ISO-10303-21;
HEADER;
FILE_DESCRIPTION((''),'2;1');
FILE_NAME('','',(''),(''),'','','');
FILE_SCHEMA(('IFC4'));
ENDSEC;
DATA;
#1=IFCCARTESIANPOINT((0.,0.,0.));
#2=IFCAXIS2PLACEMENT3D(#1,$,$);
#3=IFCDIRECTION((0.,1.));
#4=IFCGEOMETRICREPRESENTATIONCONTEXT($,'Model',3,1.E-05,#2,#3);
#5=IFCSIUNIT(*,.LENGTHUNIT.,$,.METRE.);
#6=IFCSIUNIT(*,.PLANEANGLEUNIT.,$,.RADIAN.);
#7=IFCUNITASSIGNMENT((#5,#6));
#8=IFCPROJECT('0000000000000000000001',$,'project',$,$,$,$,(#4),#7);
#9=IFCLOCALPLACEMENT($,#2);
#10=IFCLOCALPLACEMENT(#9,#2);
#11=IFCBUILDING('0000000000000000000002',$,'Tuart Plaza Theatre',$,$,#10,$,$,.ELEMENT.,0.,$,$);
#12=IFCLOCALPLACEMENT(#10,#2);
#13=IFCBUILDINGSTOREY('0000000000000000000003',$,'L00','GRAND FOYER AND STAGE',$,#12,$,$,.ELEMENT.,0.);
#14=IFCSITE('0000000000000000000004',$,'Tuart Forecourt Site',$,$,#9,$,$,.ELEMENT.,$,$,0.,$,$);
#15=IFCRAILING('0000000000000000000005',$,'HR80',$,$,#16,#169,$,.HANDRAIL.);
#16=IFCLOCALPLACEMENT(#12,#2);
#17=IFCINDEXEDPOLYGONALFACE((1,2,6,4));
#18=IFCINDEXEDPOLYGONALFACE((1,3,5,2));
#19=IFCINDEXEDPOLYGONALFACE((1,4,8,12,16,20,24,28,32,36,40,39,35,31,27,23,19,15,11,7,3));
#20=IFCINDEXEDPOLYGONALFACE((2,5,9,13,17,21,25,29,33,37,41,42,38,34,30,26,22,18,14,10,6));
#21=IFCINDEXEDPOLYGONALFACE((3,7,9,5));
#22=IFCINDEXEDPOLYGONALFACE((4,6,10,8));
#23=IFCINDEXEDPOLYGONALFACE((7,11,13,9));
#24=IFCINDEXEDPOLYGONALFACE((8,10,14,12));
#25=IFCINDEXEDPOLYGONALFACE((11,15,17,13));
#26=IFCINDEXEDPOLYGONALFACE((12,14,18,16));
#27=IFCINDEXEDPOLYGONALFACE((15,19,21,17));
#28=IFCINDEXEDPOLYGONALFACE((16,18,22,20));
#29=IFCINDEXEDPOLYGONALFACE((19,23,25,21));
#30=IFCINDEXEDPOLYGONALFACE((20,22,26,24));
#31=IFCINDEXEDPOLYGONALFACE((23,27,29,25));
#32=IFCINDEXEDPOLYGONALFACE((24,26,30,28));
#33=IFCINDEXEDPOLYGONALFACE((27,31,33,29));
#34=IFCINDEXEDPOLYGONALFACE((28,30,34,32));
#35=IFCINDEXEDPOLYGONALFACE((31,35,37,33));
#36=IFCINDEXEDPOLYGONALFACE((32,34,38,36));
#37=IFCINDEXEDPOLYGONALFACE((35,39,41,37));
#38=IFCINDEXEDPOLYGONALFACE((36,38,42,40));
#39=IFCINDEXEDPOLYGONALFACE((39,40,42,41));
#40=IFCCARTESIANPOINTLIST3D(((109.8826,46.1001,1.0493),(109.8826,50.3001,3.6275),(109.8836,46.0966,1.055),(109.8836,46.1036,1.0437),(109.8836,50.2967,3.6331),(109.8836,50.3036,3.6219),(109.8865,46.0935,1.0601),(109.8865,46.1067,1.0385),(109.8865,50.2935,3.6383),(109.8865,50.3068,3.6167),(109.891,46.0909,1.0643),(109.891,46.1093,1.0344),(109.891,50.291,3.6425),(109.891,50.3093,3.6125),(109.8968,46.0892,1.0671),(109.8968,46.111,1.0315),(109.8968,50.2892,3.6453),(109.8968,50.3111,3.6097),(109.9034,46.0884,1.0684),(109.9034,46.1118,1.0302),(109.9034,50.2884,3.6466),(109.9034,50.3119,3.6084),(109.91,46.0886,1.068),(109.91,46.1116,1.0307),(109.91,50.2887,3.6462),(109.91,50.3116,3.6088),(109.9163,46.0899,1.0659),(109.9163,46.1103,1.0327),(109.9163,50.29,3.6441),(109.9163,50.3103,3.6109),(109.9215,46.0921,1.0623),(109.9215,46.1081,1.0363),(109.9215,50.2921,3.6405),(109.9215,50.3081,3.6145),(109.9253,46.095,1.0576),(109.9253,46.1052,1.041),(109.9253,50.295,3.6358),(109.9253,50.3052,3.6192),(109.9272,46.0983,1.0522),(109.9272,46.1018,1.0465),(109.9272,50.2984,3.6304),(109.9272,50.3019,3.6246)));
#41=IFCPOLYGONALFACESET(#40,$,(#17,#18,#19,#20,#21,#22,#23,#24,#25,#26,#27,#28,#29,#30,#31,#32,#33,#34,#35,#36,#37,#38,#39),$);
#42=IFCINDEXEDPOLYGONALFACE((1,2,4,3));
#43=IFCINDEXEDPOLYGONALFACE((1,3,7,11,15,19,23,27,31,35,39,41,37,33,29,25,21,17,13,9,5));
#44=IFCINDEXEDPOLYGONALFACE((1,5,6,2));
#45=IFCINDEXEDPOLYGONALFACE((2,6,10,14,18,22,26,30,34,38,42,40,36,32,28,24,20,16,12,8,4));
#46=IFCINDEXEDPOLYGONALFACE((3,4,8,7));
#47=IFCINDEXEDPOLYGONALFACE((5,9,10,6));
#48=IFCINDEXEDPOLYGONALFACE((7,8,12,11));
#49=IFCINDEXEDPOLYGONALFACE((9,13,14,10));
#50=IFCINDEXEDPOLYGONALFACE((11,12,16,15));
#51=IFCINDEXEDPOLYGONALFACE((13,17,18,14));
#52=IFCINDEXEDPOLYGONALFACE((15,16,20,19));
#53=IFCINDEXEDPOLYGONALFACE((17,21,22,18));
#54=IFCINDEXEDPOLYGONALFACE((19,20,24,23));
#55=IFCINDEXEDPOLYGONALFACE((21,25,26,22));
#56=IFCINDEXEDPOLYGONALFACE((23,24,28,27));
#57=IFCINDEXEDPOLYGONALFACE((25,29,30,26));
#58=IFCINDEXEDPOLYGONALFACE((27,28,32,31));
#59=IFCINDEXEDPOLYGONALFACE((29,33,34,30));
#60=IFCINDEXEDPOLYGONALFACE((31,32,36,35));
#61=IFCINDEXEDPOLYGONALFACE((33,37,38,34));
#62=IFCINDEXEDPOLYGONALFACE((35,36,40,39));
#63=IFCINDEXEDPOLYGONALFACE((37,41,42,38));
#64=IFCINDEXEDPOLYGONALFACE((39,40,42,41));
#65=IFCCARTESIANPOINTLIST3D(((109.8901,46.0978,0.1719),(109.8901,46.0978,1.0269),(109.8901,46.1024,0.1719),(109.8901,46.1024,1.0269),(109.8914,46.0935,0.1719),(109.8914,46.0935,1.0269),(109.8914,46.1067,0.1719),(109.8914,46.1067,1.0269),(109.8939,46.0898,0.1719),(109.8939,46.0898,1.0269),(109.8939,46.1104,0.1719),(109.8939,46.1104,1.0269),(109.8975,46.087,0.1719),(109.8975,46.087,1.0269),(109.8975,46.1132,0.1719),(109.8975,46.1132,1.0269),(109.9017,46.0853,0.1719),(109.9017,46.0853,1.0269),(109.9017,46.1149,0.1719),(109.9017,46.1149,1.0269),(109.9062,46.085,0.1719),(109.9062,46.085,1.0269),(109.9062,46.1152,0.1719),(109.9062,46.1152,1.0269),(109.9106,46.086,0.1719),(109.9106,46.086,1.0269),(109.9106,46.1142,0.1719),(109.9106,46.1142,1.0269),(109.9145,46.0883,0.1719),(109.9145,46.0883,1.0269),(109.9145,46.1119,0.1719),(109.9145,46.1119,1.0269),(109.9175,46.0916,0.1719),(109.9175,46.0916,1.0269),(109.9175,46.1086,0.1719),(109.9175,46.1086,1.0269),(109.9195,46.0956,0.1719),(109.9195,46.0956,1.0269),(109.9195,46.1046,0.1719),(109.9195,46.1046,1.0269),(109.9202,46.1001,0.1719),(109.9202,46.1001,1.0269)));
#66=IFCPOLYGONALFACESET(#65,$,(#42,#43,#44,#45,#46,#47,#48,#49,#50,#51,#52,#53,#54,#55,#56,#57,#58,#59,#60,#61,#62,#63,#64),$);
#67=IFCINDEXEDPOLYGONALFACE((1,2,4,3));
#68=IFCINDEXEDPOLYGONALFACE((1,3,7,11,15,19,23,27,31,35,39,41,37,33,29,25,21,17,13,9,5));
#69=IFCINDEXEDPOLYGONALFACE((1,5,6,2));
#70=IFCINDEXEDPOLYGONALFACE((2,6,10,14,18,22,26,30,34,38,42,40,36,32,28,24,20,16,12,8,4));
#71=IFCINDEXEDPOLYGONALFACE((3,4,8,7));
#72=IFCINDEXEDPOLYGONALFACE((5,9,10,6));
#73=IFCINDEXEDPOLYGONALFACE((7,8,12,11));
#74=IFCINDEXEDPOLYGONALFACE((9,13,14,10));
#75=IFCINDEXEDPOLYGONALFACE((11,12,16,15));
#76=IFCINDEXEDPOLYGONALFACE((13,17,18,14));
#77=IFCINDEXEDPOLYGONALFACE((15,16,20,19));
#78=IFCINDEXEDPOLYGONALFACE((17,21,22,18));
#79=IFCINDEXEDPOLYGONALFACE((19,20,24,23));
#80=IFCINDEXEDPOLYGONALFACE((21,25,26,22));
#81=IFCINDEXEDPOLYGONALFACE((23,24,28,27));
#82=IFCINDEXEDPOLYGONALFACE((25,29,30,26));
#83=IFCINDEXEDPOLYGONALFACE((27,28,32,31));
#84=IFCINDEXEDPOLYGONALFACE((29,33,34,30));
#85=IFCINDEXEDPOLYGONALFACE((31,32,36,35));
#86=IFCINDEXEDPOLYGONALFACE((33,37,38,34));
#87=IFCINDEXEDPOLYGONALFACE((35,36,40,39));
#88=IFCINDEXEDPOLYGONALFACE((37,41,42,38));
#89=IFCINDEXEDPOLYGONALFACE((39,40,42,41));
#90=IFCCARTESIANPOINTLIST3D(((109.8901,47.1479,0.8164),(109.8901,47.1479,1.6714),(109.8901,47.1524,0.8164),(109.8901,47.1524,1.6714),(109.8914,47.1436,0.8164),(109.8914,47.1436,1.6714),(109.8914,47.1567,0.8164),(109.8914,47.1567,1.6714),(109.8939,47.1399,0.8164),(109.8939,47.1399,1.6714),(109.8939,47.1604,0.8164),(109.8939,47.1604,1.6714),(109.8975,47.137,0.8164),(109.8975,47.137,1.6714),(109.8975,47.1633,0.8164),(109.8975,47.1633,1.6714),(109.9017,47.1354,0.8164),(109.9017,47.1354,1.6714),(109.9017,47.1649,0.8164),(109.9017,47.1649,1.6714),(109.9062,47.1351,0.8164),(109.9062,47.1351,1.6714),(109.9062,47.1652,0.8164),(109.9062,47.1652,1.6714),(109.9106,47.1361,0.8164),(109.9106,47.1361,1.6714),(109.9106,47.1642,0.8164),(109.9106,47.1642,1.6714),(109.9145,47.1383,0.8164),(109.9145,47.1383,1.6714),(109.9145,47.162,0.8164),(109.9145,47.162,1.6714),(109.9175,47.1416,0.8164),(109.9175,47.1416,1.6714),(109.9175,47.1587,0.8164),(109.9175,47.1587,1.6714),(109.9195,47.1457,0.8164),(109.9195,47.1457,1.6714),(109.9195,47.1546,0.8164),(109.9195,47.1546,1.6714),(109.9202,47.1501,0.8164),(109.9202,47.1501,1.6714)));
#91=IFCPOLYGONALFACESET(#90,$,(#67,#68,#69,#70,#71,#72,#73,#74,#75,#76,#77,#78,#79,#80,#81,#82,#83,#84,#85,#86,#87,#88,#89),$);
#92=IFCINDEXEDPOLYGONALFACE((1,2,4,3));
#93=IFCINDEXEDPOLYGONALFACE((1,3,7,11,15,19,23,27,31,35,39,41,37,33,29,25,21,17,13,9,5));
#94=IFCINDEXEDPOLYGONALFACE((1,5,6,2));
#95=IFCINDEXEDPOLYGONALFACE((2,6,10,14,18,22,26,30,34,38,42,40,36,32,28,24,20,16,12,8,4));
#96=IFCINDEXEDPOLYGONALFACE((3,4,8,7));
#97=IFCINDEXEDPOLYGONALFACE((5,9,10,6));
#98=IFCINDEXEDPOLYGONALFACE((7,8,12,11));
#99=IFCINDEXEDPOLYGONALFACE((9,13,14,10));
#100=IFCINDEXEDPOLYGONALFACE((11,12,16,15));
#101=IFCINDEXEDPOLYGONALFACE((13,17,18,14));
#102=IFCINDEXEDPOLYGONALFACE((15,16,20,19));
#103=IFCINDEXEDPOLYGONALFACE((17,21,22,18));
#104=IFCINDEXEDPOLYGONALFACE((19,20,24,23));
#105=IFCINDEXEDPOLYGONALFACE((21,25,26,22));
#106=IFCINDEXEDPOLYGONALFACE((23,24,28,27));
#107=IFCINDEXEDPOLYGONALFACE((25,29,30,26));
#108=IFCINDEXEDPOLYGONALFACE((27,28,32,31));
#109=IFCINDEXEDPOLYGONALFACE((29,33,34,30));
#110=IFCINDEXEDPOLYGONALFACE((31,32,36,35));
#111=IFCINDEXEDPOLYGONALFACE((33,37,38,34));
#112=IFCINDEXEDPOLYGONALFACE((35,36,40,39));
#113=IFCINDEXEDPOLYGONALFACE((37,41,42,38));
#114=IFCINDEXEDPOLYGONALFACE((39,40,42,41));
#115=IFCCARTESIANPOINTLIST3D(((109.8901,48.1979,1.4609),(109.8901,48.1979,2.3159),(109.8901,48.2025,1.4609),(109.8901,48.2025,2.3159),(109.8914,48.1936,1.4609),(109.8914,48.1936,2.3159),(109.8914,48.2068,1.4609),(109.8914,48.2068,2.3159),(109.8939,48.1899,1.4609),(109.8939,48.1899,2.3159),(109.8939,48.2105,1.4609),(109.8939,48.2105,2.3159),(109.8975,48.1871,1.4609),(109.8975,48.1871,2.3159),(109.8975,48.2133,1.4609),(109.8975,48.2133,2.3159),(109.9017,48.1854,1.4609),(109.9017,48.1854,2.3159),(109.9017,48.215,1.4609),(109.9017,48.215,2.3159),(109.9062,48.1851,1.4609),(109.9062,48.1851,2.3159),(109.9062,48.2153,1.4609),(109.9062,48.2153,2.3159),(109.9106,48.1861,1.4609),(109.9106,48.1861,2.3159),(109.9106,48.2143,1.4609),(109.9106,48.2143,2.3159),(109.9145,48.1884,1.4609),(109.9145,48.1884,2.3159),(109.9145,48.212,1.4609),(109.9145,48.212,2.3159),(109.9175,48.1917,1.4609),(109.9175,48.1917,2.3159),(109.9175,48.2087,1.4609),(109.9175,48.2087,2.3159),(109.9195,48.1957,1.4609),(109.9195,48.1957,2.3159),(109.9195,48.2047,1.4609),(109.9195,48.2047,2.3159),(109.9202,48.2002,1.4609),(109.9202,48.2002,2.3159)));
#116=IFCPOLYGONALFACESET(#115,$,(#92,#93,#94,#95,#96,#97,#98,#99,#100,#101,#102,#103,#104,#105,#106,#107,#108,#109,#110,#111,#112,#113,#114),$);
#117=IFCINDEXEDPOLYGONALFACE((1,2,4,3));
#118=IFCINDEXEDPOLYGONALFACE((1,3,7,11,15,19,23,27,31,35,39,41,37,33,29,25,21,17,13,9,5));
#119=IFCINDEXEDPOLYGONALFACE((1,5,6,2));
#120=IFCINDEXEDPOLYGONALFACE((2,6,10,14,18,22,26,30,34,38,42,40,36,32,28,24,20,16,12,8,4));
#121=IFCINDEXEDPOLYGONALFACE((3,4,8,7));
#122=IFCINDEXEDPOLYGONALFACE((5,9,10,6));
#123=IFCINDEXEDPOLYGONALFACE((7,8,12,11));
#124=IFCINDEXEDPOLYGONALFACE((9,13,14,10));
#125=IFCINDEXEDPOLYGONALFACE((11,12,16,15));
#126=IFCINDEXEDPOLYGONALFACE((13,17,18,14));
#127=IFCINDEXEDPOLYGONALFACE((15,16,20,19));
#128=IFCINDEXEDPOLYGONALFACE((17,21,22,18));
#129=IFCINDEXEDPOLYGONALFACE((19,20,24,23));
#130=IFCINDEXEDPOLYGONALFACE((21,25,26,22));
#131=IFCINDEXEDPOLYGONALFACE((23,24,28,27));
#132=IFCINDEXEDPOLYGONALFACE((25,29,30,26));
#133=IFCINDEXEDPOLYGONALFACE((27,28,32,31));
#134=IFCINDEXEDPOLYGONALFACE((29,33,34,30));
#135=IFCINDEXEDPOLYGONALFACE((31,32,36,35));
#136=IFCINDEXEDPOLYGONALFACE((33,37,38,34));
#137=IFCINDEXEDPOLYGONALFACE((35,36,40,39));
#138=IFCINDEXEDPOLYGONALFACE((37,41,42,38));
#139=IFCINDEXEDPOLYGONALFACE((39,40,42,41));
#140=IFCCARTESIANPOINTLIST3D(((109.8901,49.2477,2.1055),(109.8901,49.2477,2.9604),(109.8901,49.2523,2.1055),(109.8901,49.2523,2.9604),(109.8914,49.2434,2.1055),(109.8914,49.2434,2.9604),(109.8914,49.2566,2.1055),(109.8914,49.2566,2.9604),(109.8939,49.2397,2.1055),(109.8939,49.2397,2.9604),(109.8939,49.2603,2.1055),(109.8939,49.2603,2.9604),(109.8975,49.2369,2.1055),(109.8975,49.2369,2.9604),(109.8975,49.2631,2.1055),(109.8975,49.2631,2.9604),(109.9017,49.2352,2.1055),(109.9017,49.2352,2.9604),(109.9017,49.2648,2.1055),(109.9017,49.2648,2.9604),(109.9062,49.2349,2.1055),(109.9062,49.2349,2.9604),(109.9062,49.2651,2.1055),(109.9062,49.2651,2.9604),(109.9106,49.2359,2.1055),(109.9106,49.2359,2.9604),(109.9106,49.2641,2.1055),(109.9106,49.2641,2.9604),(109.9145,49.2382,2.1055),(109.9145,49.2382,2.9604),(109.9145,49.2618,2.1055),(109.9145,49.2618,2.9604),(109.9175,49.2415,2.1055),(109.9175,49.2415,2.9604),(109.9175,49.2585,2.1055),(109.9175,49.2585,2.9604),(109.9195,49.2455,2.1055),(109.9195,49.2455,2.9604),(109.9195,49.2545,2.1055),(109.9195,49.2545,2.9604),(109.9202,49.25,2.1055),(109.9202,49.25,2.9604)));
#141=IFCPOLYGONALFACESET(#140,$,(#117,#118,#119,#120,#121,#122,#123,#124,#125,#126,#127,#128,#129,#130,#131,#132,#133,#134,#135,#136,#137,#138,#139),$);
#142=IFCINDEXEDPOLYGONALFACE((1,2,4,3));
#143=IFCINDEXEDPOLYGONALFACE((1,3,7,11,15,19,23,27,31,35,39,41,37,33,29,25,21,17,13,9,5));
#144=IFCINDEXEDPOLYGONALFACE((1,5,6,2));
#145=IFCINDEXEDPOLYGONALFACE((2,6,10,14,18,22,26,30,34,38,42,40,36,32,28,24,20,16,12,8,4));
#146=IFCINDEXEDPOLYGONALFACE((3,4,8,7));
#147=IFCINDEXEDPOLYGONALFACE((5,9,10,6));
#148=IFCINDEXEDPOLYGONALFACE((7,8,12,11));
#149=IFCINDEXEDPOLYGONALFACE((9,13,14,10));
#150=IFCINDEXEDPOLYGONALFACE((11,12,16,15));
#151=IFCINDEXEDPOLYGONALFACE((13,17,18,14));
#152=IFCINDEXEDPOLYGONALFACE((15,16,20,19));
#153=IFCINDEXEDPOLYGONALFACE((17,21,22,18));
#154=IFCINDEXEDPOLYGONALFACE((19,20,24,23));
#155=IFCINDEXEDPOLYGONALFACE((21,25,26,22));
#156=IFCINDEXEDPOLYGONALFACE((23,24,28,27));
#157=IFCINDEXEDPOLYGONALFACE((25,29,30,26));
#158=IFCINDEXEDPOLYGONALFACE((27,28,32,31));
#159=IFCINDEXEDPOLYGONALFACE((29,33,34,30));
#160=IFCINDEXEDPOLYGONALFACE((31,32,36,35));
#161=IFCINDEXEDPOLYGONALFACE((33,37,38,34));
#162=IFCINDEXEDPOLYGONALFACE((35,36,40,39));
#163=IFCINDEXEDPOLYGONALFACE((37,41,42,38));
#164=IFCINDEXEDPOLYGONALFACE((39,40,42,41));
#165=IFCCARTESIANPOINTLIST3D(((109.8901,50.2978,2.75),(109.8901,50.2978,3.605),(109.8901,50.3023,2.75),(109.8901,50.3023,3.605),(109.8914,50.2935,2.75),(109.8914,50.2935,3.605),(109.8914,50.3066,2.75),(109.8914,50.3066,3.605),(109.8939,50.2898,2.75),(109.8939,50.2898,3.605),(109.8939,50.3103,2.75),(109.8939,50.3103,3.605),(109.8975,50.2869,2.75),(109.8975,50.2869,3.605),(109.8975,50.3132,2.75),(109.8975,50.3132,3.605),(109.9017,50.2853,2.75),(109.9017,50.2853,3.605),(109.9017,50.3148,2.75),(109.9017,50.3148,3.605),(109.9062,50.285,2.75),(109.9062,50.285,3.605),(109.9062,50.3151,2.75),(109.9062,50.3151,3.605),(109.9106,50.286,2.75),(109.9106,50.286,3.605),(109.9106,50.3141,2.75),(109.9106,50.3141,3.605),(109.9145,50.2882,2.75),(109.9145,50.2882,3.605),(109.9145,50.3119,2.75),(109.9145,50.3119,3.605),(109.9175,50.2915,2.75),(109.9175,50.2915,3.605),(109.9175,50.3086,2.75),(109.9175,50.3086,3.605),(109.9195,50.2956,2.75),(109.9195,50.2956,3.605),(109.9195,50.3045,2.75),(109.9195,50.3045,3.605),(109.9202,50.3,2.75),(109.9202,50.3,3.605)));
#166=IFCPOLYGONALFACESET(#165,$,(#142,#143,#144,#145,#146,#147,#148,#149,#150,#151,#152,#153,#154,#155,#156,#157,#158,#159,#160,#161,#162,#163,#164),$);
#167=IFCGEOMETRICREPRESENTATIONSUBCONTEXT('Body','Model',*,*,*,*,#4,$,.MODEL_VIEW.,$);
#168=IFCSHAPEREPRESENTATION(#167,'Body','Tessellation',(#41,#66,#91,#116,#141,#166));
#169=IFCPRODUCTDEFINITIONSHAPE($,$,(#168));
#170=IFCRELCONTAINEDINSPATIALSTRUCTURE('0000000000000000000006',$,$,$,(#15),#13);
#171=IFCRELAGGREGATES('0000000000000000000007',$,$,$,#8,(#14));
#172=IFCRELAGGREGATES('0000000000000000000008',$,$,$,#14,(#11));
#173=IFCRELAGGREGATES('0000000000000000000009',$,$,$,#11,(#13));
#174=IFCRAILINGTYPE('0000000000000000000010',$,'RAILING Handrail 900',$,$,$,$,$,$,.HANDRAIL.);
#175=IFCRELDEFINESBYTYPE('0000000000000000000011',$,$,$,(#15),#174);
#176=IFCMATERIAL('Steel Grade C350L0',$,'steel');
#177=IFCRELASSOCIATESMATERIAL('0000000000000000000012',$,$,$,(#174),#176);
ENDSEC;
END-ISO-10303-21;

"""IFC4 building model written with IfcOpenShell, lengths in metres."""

from ifc_helpers import new_model, si_unit, direction, frame, origin, origin_2d, place, context, subcontext, project, spatial, circle, extrude, material, type_object, element, save


model = new_model("IFC4")

# Units and contexts
model_context = context("Model", 3, precision=1e-05, world=origin(), true_north=direction((0.0, 1.0)))
body_context = subcontext(model_context, "Body", "Model", "MODEL_VIEW")
ifc_project = project(units=[si_unit("LENGTHUNIT", "METRE"), si_unit("PLANEANGLEUNIT", "RADIAN")], contexts=[model_context])

# Site, building, storey
site_placement = place(None, origin())
site = spatial("IfcSite", under=ifc_project, at=site_placement, Name="Tuart Forecourt Site", CompositionType="ELEMENT", RefElevation=0.0)
building_placement = place(site_placement, origin())
building = spatial("IfcBuilding", under=site, at=building_placement, Name="Tuart Plaza Theatre", CompositionType="ELEMENT", ElevationOfRefHeight=0.0)
storey_placement = place(building_placement, origin())
storey = spatial("IfcBuildingStorey", under=building, at=storey_placement, Name="L00", Description="GRAND FOYER AND STAGE", CompositionType="ELEMENT", Elevation=0.0)

# Railing
ifc_material_1 = material(Name="Steel Grade C350L0", Category="steel")
railing_type_1 = type_object("IfcRailingType", Name="RAILING Handrail 900", PredefinedType="HANDRAIL", material=ifc_material_1)
for number, where, name in (
    (1, (109.905, 46.1001, 0.1719), "HR80"),
):
    element("IfcRailing", number, at=place(storey_placement, frame(where)), inside=storey, type_object=railing_type_1, Name=name, PredefinedType="HANDRAIL", context=body_context, shape_type="SweptSolid", body=[
        extrude(circle(Radius=0.0225, at=origin_2d()), frame((0.0, 0.0, 0.8774), z_axis=(0.0, 0.852243, 0.523146), x_axis=(-1.0, 0.0, 0.0)), (0.0, 0.0, 1.0), 4.9282),
        extrude(circle(Radius=0.0151, at=origin_2d()), origin(), (0.0, 0.0, 1.0), 0.855),
        extrude(circle(Radius=0.0151, at=origin_2d()), frame((0.0, 1.05, 0.6445)), (0.0, 0.0, 1.0), 0.855),
        extrude(circle(Radius=0.0151, at=origin_2d()), frame((0.0, 2.1001, 1.2891)), (0.0, 0.0, 1.0), 0.855),
        extrude(circle(Radius=0.0151, at=origin_2d()), frame((0.0, 3.1499, 1.9336)), (0.0, 0.0, 1.0), 0.855),
        extrude(circle(Radius=0.0151, at=origin_2d()), frame((0.0, 4.2, 2.5781)), (0.0, 0.0, 1.0), 0.855),
    ])

save(model, "model.ifc")
